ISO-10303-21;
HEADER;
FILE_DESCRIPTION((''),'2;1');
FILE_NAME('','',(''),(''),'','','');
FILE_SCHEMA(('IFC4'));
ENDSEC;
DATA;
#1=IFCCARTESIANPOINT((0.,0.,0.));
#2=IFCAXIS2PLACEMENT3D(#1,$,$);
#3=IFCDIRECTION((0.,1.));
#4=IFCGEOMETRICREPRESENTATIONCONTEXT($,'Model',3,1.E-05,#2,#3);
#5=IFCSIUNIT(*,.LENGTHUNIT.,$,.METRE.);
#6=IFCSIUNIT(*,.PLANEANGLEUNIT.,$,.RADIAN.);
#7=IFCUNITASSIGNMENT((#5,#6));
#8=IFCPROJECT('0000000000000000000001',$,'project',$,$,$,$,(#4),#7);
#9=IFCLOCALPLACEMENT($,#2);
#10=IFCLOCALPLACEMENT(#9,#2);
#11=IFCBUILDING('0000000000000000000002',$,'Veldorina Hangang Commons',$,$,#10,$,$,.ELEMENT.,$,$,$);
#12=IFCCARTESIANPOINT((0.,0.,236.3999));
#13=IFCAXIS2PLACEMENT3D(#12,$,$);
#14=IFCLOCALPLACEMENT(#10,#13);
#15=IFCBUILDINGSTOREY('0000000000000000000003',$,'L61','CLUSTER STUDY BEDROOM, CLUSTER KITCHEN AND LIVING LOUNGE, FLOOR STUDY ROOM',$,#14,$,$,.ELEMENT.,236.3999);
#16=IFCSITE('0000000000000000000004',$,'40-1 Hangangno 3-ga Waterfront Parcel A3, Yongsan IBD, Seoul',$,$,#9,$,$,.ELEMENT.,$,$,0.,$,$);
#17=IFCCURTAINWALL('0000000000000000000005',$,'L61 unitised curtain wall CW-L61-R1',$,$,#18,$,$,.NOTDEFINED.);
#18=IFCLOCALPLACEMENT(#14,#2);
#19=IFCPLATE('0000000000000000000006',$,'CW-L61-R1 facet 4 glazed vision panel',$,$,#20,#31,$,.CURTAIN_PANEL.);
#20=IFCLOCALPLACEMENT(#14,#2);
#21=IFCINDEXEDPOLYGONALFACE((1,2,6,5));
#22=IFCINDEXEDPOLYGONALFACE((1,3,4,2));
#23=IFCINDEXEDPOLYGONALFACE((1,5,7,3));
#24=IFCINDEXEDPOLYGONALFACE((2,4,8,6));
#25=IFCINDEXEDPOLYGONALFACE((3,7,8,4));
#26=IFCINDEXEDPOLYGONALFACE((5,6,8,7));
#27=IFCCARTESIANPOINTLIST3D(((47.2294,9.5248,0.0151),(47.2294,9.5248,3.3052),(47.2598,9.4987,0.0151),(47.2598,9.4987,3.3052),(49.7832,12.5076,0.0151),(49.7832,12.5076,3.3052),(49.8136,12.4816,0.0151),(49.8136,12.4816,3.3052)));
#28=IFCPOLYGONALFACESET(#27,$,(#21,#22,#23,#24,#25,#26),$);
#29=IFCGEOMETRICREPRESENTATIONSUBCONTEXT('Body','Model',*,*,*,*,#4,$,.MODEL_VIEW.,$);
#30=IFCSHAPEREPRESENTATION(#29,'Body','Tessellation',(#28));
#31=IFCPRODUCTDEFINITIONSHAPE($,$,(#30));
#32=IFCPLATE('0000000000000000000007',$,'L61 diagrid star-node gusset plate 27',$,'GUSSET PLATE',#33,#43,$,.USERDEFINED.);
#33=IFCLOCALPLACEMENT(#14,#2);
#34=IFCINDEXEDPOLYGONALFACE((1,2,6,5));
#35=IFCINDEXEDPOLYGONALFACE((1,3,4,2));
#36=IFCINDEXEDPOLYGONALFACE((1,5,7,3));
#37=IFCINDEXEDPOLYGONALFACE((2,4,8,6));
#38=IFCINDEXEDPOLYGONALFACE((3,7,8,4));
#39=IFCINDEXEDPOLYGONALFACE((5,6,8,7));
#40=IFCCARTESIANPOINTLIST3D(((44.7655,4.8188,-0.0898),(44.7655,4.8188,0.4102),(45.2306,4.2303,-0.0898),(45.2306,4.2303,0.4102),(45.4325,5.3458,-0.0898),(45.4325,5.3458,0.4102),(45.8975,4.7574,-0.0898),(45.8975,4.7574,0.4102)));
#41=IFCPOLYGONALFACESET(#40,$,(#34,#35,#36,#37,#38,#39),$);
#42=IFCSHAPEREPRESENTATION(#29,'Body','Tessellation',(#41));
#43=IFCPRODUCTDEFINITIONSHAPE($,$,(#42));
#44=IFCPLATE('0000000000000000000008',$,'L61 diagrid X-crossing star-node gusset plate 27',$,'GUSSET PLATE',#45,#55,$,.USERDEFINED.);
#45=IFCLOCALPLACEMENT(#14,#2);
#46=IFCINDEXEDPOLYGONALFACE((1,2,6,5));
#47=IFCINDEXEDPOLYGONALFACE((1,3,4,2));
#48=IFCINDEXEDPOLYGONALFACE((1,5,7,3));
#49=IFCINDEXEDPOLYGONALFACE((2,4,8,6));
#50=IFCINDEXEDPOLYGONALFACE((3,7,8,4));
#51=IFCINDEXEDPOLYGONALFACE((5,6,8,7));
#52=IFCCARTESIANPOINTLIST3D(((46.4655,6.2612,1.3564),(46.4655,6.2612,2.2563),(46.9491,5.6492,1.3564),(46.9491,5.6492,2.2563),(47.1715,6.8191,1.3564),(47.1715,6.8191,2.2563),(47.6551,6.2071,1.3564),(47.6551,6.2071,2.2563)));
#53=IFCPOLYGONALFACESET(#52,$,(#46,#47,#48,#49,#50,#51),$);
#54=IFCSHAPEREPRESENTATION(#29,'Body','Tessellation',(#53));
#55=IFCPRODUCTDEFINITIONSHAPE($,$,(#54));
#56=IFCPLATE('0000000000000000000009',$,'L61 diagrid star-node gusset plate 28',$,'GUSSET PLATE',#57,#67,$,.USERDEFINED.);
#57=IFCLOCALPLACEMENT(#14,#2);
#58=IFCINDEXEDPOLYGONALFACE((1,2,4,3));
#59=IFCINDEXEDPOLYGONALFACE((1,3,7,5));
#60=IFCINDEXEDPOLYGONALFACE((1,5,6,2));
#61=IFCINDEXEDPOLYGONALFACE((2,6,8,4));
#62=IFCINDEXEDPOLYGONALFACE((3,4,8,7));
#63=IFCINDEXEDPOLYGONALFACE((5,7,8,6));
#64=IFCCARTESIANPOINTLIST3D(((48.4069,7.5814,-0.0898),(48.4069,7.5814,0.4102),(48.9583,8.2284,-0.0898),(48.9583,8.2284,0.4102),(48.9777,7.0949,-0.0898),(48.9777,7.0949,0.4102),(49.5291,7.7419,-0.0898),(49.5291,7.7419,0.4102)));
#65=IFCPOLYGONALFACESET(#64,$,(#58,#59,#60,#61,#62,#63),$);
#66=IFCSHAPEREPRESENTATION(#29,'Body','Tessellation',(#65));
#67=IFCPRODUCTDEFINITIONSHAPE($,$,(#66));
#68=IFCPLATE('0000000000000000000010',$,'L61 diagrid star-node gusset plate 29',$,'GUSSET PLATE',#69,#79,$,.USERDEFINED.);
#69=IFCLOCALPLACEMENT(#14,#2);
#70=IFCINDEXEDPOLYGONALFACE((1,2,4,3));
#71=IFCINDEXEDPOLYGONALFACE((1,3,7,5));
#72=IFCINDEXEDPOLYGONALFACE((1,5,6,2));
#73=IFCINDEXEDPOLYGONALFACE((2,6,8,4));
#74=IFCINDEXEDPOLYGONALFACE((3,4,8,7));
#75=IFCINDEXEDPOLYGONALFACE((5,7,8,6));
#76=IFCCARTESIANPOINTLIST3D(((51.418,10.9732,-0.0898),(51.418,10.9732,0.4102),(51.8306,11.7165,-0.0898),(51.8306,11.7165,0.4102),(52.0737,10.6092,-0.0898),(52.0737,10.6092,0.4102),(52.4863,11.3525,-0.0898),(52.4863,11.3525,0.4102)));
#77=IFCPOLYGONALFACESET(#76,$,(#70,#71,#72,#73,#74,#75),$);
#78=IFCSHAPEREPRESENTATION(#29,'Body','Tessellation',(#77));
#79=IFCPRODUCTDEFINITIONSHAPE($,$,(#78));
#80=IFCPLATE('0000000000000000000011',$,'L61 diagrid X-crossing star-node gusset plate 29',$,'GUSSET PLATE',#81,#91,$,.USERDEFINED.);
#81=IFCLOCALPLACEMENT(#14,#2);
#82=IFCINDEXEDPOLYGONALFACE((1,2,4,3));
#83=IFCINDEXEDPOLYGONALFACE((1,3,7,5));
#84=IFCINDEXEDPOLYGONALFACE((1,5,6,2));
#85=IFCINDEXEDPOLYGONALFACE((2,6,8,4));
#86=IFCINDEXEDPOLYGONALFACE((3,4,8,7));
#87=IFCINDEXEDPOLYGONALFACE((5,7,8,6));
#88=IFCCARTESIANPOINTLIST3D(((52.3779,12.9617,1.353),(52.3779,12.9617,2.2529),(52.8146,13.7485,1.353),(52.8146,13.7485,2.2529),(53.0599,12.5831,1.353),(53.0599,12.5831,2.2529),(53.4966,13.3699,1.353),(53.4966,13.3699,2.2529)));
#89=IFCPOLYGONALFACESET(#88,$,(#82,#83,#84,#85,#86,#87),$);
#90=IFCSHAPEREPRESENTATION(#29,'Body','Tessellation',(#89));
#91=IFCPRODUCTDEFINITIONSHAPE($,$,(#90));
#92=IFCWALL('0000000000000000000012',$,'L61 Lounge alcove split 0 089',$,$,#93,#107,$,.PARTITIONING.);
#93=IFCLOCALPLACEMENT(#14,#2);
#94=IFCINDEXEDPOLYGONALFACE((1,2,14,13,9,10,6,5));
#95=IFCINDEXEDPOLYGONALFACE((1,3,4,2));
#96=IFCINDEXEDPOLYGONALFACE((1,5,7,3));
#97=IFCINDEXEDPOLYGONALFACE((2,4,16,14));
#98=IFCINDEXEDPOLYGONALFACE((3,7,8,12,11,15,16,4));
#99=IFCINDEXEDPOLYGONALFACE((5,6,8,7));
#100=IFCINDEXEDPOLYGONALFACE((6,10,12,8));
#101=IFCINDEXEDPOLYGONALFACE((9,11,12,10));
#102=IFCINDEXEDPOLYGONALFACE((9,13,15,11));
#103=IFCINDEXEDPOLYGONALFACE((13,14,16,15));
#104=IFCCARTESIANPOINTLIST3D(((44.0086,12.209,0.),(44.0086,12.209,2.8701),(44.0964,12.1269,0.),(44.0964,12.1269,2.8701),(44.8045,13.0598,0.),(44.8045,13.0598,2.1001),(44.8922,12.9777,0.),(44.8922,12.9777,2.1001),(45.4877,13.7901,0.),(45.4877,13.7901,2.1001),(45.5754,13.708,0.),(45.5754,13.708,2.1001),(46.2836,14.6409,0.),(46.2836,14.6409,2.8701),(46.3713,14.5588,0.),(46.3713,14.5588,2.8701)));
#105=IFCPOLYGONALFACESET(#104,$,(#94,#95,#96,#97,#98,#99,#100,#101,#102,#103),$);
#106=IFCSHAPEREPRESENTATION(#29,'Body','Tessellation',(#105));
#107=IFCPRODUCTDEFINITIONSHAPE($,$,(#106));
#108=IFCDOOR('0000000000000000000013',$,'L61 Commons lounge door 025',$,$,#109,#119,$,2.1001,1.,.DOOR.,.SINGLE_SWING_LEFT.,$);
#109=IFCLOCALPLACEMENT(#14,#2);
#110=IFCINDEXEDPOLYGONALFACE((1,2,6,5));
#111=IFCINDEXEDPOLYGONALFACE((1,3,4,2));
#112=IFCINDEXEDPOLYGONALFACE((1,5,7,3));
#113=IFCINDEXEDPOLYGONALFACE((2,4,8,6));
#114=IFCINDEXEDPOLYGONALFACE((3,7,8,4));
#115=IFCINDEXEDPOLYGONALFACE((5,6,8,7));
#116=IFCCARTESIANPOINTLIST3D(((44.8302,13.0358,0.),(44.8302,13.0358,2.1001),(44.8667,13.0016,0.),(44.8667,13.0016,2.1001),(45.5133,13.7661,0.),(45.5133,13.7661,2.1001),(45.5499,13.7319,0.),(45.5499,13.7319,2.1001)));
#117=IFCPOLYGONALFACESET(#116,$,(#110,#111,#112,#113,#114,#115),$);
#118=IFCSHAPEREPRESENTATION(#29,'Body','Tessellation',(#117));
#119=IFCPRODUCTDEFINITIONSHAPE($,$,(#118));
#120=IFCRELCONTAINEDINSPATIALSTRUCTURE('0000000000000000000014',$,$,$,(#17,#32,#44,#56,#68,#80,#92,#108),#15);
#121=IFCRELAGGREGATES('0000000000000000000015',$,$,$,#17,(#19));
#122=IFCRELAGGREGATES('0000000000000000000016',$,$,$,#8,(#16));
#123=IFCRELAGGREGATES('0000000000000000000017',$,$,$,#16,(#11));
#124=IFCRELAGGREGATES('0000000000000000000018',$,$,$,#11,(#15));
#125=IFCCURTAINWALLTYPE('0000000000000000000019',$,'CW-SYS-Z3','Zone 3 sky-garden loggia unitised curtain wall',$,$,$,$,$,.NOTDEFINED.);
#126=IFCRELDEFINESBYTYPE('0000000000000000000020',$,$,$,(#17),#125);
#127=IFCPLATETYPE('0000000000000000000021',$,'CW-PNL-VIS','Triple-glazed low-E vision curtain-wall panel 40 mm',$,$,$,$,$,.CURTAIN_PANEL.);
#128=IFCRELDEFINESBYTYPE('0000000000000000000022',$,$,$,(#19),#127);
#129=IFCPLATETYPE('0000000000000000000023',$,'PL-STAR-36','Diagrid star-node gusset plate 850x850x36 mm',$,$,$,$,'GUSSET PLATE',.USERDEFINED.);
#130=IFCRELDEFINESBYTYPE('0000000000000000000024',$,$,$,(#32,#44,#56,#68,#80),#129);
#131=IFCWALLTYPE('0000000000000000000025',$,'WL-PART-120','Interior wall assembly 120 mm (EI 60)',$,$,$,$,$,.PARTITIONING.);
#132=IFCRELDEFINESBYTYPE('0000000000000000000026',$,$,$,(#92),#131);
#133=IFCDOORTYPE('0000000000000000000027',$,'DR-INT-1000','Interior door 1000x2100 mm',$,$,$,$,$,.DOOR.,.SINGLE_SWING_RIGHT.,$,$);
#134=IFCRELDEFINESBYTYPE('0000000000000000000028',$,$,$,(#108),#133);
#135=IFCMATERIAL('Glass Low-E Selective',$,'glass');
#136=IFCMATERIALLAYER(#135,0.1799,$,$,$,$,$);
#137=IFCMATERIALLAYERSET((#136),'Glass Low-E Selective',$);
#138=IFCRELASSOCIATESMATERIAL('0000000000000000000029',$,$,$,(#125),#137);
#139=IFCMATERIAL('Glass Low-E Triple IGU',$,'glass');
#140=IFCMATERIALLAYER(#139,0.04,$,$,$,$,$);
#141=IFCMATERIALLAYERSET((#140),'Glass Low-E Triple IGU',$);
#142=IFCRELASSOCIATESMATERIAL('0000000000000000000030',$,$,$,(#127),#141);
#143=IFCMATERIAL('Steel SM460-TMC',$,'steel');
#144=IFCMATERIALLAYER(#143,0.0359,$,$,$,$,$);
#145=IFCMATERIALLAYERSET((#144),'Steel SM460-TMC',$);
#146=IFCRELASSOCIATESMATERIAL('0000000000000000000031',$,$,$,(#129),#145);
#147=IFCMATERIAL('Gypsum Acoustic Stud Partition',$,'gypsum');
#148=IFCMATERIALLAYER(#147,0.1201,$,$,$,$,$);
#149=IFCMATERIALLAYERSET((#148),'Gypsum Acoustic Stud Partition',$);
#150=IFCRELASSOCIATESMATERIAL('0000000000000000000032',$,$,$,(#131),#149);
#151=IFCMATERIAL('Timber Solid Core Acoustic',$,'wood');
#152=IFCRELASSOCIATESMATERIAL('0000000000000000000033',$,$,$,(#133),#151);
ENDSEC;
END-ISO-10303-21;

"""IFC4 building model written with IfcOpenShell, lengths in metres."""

from ifc_helpers import new_model, si_unit, direction, frame, frame_2d, origin, origin_2d, place, context, subcontext, project, spatial, rectangle, extrude, material, layer, layer_set, type_object, element, fill, aggregate, save


model = new_model("IFC4")

# Units and contexts
model_context = context("Model", 3, precision=1e-05, world=origin(), true_north=direction((0.0, 1.0)))
body_context = subcontext(model_context, "Body", "Model", "MODEL_VIEW")
ifc_project = project(units=[si_unit("LENGTHUNIT", "METRE"), si_unit("PLANEANGLEUNIT", "RADIAN")], contexts=[model_context])

# Site, building, storey
site_placement = place(None, origin())
site = spatial("IfcSite", under=ifc_project, at=site_placement, Name="40-1 Hangangno 3-ga Waterfront Parcel A3, Yongsan IBD, Seoul", CompositionType="ELEMENT", RefElevation=0.0)
building_placement = place(site_placement, origin())
building = spatial("IfcBuilding", under=site, at=building_placement, Name="Veldorina Hangang Commons", CompositionType="ELEMENT")
storey_placement = place(building_placement, frame((0.0, 0.0, 236.3999)))
storey = spatial("IfcBuildingStorey", under=building, at=storey_placement, Name="L61", Description="CLUSTER STUDY BEDROOM, CLUSTER KITCHEN AND LIVING LOUNGE, FLOOR STUDY ROOM", CompositionType="ELEMENT", Elevation=236.3999)

# Curtain wall
ifc_material_1 = material(Name="Glass Low-E Selective", Category="glass")
ifc_layer_1 = layer(ifc_material_1, 0.1799)
ifc_layer_set_1 = layer_set([ifc_layer_1], Name="Glass Low-E Selective")
curtain_wall_type = type_object("IfcCurtainWallType", Name="CW-SYS-Z3", Description="Zone 3 sky-garden loggia unitised curtain wall", PredefinedType="NOTDEFINED", material=ifc_layer_set_1)
curtain_wall_placement = place(storey_placement, origin())
curtain_wall = element("IfcCurtainWall", 1, at=curtain_wall_placement, inside=storey, type_object=curtain_wall_type, Name="L61 unitised curtain wall CW-L61-R1", PredefinedType="NOTDEFINED")

# Plate
ifc_material_2 = material(Name="Glass Low-E Triple IGU", Category="glass")
ifc_layer_2 = layer(ifc_material_2, 0.04)
ifc_layer_set_2 = layer_set([ifc_layer_2], Name="Glass Low-E Triple IGU")
plate_type_1 = type_object("IfcPlateType", Name="CW-PNL-VIS", Description="Triple-glazed low-E vision curtain-wall panel 40 mm", PredefinedType="CURTAIN_PANEL", material=ifc_layer_set_2)
plate_1_placement = place(storey_placement, frame((48.5215, 11.0032, 0.0151), z_axis=(0.0, 0.0, 1.0), x_axis=(0.650363, 0.759623, 0.0)))
plate_1 = element("IfcPlate", 2, at=plate_1_placement, type_object=plate_type_1, Name="CW-L61-R1 facet 4 glazed vision panel", PredefinedType="CURTAIN_PANEL", context=body_context, shape_type="SweptSolid", body=[
    extrude(rectangle(XDim=3.9268, YDim=0.04, at=origin_2d()), origin(), (0.0, 0.0, 1.0), 3.29),
])
aggregate(curtain_wall, [plate_1])

# Plates
ifc_material_3 = material(Name="Steel SM460-TMC", Category="steel")
ifc_layer_3 = layer(ifc_material_3, 0.0359)
ifc_layer_set_3 = layer_set([ifc_layer_3], Name="Steel SM460-TMC")
plate_type_2 = type_object("IfcPlateType", Name="PL-STAR-36", Description="Diagrid star-node gusset plate 850x850x36 mm", ElementType="GUSSET PLATE", PredefinedType="USERDEFINED", material=ifc_layer_set_3)
plate_2_placement = place(storey_placement, frame((45.3315, 4.7881, -0.0898), z_axis=(0.0, 0.0, 1.0), x_axis=(0.784592, 0.620012, 0.0)))
element("IfcPlate", 3, at=plate_2_placement, inside=storey, type_object=plate_type_2, Name="L61 diagrid star-node gusset plate 27", ObjectType="GUSSET PLATE", PredefinedType="USERDEFINED", context=body_context, shape_type="SweptSolid", body=[
    extrude(rectangle(XDim=0.8501, YDim=0.75, at=origin_2d()), origin(), (0.0, 0.0, 1.0), 0.5),
])
plate_3_placement = place(storey_placement, frame((47.0603, 6.2341, 1.3564), z_axis=(0.0, 0.0, 1.0), x_axis=(0.784592, 0.620012, 0.0)))
element("IfcPlate", 4, at=plate_3_placement, inside=storey, type_object=plate_type_2, Name="L61 diagrid X-crossing star-node gusset plate 27", ObjectType="GUSSET PLATE", PredefinedType="USERDEFINED", context=body_context, shape_type="SweptSolid", body=[
    extrude(rectangle(XDim=0.8999, YDim=0.78, at=origin_2d()), origin(), (0.0, 0.0, 1.0), 0.8999),
])
for number, where, z_axis, x_axis, name in (
    (5, (48.968, 7.6616, -0.0898), (0.0, 0.0, 1.0), (0.648665, 0.761074, 0.0), "L61 diagrid star-node gusset plate 28"),
    (6, (51.9521, 11.1628, -0.0898), (0.0, 0.0, 1.0), (0.485344, 0.874323, 0.0), "L61 diagrid star-node gusset plate 29"),
):
    element("IfcPlate", number, at=place(storey_placement, frame(where, z_axis=z_axis, x_axis=x_axis)), inside=storey, type_object=plate_type_2, Name=name, ObjectType="GUSSET PLATE", PredefinedType="USERDEFINED", context=body_context, shape_type="SweptSolid", body=[
        extrude(rectangle(XDim=0.8501, YDim=0.75, at=origin_2d()), origin(), (0.0, 0.0, 1.0), 0.5),
    ])
plate_4_placement = place(storey_placement, frame((52.9373, 13.1658, 1.353), z_axis=(0.0, 0.0, 1.0), x_axis=(0.485344, 0.874323, 0.0)))
element("IfcPlate", 7, at=plate_4_placement, inside=storey, type_object=plate_type_2, Name="L61 diagrid X-crossing star-node gusset plate 29", ObjectType="GUSSET PLATE", PredefinedType="USERDEFINED", context=body_context, shape_type="SweptSolid", body=[
    extrude(rectangle(XDim=0.8999, YDim=0.78, at=origin_2d()), origin(), (0.0, 0.0, 1.0), 0.8999),
])

# Wall, opening, door
ifc_material_4 = material(Name="Gypsum Acoustic Stud Partition", Category="gypsum")
ifc_layer_4 = layer(ifc_material_4, 0.1201)
ifc_layer_set_4 = layer_set([ifc_layer_4], Name="Gypsum Acoustic Stud Partition")
wall_type_1 = type_object("IfcWallType", Name="WL-PART-120", Description="Interior wall assembly 120 mm (EI 60)", PredefinedType="PARTITIONING", material=ifc_layer_set_4)
wall_1_placement = place(storey_placement, frame((44.0525, 12.168, 0.0), z_axis=(0.0, 0.0, 1.0), x_axis=(0.683143, 0.730284, 0.0)))
wall_1 = element("IfcWall", 8, at=wall_1_placement, inside=storey, type_object=wall_type_1, Name="L61 Lounge alcove split 0 089", PredefinedType="PARTITIONING", context=body_context, shape_type="SweptSolid", body=[
    extrude(rectangle(XDim=3.3301, YDim=0.1201, at=frame_2d((1.665, 0.0))), origin(), (0.0, 0.0, 1.0), 2.8701),
])
opening_1_placement = place(wall_1_placement, frame((1.165, 0.0, 0.0)))
opening_1 = element("IfcOpeningElement", 9, at=opening_1_placement, cuts=wall_1, PredefinedType="OPENING", context=body_context, shape_type="SweptSolid", body=[
    extrude(rectangle(XDim=1.0, YDim=2.1001, at=frame_2d((0.5, 1.05))), frame((0.0, 0.0701, 0.0), z_axis=(0.0, -1.0, 0.0), x_axis=(1.0, 0.0, 0.0)), (0.0, 0.0, 1.0), 0.1401),
])
ifc_material_5 = material(Name="Timber Solid Core Acoustic", Category="wood")
door_type_1 = type_object("IfcDoorType", Name="DR-INT-1000", Description="Interior door 1000x2100 mm", OperationType="SINGLE_SWING_RIGHT", PredefinedType="DOOR", material=ifc_material_5)
door_1_placement = place(opening_1_placement, origin())
door_1 = element("IfcDoor", 10, at=door_1_placement, inside=storey, type_object=door_type_1, Name="L61 Commons lounge door 025", OperationType="SINGLE_SWING_LEFT", OverallHeight=2.1001, OverallWidth=1.0, PredefinedType="DOOR", context=body_context, shape_type="SweptSolid", body=[
    extrude(rectangle(XDim=1.0, YDim=2.1001, at=frame_2d((0.5, 1.05))), frame((0.0, 0.0249, 0.0), z_axis=(0.0, -1.0, 0.0), x_axis=(1.0, 0.0, 0.0)), (0.0, 0.0, 1.0), 0.05),
])
fill(opening_1, door_1)

save(model, "model.ifc")
